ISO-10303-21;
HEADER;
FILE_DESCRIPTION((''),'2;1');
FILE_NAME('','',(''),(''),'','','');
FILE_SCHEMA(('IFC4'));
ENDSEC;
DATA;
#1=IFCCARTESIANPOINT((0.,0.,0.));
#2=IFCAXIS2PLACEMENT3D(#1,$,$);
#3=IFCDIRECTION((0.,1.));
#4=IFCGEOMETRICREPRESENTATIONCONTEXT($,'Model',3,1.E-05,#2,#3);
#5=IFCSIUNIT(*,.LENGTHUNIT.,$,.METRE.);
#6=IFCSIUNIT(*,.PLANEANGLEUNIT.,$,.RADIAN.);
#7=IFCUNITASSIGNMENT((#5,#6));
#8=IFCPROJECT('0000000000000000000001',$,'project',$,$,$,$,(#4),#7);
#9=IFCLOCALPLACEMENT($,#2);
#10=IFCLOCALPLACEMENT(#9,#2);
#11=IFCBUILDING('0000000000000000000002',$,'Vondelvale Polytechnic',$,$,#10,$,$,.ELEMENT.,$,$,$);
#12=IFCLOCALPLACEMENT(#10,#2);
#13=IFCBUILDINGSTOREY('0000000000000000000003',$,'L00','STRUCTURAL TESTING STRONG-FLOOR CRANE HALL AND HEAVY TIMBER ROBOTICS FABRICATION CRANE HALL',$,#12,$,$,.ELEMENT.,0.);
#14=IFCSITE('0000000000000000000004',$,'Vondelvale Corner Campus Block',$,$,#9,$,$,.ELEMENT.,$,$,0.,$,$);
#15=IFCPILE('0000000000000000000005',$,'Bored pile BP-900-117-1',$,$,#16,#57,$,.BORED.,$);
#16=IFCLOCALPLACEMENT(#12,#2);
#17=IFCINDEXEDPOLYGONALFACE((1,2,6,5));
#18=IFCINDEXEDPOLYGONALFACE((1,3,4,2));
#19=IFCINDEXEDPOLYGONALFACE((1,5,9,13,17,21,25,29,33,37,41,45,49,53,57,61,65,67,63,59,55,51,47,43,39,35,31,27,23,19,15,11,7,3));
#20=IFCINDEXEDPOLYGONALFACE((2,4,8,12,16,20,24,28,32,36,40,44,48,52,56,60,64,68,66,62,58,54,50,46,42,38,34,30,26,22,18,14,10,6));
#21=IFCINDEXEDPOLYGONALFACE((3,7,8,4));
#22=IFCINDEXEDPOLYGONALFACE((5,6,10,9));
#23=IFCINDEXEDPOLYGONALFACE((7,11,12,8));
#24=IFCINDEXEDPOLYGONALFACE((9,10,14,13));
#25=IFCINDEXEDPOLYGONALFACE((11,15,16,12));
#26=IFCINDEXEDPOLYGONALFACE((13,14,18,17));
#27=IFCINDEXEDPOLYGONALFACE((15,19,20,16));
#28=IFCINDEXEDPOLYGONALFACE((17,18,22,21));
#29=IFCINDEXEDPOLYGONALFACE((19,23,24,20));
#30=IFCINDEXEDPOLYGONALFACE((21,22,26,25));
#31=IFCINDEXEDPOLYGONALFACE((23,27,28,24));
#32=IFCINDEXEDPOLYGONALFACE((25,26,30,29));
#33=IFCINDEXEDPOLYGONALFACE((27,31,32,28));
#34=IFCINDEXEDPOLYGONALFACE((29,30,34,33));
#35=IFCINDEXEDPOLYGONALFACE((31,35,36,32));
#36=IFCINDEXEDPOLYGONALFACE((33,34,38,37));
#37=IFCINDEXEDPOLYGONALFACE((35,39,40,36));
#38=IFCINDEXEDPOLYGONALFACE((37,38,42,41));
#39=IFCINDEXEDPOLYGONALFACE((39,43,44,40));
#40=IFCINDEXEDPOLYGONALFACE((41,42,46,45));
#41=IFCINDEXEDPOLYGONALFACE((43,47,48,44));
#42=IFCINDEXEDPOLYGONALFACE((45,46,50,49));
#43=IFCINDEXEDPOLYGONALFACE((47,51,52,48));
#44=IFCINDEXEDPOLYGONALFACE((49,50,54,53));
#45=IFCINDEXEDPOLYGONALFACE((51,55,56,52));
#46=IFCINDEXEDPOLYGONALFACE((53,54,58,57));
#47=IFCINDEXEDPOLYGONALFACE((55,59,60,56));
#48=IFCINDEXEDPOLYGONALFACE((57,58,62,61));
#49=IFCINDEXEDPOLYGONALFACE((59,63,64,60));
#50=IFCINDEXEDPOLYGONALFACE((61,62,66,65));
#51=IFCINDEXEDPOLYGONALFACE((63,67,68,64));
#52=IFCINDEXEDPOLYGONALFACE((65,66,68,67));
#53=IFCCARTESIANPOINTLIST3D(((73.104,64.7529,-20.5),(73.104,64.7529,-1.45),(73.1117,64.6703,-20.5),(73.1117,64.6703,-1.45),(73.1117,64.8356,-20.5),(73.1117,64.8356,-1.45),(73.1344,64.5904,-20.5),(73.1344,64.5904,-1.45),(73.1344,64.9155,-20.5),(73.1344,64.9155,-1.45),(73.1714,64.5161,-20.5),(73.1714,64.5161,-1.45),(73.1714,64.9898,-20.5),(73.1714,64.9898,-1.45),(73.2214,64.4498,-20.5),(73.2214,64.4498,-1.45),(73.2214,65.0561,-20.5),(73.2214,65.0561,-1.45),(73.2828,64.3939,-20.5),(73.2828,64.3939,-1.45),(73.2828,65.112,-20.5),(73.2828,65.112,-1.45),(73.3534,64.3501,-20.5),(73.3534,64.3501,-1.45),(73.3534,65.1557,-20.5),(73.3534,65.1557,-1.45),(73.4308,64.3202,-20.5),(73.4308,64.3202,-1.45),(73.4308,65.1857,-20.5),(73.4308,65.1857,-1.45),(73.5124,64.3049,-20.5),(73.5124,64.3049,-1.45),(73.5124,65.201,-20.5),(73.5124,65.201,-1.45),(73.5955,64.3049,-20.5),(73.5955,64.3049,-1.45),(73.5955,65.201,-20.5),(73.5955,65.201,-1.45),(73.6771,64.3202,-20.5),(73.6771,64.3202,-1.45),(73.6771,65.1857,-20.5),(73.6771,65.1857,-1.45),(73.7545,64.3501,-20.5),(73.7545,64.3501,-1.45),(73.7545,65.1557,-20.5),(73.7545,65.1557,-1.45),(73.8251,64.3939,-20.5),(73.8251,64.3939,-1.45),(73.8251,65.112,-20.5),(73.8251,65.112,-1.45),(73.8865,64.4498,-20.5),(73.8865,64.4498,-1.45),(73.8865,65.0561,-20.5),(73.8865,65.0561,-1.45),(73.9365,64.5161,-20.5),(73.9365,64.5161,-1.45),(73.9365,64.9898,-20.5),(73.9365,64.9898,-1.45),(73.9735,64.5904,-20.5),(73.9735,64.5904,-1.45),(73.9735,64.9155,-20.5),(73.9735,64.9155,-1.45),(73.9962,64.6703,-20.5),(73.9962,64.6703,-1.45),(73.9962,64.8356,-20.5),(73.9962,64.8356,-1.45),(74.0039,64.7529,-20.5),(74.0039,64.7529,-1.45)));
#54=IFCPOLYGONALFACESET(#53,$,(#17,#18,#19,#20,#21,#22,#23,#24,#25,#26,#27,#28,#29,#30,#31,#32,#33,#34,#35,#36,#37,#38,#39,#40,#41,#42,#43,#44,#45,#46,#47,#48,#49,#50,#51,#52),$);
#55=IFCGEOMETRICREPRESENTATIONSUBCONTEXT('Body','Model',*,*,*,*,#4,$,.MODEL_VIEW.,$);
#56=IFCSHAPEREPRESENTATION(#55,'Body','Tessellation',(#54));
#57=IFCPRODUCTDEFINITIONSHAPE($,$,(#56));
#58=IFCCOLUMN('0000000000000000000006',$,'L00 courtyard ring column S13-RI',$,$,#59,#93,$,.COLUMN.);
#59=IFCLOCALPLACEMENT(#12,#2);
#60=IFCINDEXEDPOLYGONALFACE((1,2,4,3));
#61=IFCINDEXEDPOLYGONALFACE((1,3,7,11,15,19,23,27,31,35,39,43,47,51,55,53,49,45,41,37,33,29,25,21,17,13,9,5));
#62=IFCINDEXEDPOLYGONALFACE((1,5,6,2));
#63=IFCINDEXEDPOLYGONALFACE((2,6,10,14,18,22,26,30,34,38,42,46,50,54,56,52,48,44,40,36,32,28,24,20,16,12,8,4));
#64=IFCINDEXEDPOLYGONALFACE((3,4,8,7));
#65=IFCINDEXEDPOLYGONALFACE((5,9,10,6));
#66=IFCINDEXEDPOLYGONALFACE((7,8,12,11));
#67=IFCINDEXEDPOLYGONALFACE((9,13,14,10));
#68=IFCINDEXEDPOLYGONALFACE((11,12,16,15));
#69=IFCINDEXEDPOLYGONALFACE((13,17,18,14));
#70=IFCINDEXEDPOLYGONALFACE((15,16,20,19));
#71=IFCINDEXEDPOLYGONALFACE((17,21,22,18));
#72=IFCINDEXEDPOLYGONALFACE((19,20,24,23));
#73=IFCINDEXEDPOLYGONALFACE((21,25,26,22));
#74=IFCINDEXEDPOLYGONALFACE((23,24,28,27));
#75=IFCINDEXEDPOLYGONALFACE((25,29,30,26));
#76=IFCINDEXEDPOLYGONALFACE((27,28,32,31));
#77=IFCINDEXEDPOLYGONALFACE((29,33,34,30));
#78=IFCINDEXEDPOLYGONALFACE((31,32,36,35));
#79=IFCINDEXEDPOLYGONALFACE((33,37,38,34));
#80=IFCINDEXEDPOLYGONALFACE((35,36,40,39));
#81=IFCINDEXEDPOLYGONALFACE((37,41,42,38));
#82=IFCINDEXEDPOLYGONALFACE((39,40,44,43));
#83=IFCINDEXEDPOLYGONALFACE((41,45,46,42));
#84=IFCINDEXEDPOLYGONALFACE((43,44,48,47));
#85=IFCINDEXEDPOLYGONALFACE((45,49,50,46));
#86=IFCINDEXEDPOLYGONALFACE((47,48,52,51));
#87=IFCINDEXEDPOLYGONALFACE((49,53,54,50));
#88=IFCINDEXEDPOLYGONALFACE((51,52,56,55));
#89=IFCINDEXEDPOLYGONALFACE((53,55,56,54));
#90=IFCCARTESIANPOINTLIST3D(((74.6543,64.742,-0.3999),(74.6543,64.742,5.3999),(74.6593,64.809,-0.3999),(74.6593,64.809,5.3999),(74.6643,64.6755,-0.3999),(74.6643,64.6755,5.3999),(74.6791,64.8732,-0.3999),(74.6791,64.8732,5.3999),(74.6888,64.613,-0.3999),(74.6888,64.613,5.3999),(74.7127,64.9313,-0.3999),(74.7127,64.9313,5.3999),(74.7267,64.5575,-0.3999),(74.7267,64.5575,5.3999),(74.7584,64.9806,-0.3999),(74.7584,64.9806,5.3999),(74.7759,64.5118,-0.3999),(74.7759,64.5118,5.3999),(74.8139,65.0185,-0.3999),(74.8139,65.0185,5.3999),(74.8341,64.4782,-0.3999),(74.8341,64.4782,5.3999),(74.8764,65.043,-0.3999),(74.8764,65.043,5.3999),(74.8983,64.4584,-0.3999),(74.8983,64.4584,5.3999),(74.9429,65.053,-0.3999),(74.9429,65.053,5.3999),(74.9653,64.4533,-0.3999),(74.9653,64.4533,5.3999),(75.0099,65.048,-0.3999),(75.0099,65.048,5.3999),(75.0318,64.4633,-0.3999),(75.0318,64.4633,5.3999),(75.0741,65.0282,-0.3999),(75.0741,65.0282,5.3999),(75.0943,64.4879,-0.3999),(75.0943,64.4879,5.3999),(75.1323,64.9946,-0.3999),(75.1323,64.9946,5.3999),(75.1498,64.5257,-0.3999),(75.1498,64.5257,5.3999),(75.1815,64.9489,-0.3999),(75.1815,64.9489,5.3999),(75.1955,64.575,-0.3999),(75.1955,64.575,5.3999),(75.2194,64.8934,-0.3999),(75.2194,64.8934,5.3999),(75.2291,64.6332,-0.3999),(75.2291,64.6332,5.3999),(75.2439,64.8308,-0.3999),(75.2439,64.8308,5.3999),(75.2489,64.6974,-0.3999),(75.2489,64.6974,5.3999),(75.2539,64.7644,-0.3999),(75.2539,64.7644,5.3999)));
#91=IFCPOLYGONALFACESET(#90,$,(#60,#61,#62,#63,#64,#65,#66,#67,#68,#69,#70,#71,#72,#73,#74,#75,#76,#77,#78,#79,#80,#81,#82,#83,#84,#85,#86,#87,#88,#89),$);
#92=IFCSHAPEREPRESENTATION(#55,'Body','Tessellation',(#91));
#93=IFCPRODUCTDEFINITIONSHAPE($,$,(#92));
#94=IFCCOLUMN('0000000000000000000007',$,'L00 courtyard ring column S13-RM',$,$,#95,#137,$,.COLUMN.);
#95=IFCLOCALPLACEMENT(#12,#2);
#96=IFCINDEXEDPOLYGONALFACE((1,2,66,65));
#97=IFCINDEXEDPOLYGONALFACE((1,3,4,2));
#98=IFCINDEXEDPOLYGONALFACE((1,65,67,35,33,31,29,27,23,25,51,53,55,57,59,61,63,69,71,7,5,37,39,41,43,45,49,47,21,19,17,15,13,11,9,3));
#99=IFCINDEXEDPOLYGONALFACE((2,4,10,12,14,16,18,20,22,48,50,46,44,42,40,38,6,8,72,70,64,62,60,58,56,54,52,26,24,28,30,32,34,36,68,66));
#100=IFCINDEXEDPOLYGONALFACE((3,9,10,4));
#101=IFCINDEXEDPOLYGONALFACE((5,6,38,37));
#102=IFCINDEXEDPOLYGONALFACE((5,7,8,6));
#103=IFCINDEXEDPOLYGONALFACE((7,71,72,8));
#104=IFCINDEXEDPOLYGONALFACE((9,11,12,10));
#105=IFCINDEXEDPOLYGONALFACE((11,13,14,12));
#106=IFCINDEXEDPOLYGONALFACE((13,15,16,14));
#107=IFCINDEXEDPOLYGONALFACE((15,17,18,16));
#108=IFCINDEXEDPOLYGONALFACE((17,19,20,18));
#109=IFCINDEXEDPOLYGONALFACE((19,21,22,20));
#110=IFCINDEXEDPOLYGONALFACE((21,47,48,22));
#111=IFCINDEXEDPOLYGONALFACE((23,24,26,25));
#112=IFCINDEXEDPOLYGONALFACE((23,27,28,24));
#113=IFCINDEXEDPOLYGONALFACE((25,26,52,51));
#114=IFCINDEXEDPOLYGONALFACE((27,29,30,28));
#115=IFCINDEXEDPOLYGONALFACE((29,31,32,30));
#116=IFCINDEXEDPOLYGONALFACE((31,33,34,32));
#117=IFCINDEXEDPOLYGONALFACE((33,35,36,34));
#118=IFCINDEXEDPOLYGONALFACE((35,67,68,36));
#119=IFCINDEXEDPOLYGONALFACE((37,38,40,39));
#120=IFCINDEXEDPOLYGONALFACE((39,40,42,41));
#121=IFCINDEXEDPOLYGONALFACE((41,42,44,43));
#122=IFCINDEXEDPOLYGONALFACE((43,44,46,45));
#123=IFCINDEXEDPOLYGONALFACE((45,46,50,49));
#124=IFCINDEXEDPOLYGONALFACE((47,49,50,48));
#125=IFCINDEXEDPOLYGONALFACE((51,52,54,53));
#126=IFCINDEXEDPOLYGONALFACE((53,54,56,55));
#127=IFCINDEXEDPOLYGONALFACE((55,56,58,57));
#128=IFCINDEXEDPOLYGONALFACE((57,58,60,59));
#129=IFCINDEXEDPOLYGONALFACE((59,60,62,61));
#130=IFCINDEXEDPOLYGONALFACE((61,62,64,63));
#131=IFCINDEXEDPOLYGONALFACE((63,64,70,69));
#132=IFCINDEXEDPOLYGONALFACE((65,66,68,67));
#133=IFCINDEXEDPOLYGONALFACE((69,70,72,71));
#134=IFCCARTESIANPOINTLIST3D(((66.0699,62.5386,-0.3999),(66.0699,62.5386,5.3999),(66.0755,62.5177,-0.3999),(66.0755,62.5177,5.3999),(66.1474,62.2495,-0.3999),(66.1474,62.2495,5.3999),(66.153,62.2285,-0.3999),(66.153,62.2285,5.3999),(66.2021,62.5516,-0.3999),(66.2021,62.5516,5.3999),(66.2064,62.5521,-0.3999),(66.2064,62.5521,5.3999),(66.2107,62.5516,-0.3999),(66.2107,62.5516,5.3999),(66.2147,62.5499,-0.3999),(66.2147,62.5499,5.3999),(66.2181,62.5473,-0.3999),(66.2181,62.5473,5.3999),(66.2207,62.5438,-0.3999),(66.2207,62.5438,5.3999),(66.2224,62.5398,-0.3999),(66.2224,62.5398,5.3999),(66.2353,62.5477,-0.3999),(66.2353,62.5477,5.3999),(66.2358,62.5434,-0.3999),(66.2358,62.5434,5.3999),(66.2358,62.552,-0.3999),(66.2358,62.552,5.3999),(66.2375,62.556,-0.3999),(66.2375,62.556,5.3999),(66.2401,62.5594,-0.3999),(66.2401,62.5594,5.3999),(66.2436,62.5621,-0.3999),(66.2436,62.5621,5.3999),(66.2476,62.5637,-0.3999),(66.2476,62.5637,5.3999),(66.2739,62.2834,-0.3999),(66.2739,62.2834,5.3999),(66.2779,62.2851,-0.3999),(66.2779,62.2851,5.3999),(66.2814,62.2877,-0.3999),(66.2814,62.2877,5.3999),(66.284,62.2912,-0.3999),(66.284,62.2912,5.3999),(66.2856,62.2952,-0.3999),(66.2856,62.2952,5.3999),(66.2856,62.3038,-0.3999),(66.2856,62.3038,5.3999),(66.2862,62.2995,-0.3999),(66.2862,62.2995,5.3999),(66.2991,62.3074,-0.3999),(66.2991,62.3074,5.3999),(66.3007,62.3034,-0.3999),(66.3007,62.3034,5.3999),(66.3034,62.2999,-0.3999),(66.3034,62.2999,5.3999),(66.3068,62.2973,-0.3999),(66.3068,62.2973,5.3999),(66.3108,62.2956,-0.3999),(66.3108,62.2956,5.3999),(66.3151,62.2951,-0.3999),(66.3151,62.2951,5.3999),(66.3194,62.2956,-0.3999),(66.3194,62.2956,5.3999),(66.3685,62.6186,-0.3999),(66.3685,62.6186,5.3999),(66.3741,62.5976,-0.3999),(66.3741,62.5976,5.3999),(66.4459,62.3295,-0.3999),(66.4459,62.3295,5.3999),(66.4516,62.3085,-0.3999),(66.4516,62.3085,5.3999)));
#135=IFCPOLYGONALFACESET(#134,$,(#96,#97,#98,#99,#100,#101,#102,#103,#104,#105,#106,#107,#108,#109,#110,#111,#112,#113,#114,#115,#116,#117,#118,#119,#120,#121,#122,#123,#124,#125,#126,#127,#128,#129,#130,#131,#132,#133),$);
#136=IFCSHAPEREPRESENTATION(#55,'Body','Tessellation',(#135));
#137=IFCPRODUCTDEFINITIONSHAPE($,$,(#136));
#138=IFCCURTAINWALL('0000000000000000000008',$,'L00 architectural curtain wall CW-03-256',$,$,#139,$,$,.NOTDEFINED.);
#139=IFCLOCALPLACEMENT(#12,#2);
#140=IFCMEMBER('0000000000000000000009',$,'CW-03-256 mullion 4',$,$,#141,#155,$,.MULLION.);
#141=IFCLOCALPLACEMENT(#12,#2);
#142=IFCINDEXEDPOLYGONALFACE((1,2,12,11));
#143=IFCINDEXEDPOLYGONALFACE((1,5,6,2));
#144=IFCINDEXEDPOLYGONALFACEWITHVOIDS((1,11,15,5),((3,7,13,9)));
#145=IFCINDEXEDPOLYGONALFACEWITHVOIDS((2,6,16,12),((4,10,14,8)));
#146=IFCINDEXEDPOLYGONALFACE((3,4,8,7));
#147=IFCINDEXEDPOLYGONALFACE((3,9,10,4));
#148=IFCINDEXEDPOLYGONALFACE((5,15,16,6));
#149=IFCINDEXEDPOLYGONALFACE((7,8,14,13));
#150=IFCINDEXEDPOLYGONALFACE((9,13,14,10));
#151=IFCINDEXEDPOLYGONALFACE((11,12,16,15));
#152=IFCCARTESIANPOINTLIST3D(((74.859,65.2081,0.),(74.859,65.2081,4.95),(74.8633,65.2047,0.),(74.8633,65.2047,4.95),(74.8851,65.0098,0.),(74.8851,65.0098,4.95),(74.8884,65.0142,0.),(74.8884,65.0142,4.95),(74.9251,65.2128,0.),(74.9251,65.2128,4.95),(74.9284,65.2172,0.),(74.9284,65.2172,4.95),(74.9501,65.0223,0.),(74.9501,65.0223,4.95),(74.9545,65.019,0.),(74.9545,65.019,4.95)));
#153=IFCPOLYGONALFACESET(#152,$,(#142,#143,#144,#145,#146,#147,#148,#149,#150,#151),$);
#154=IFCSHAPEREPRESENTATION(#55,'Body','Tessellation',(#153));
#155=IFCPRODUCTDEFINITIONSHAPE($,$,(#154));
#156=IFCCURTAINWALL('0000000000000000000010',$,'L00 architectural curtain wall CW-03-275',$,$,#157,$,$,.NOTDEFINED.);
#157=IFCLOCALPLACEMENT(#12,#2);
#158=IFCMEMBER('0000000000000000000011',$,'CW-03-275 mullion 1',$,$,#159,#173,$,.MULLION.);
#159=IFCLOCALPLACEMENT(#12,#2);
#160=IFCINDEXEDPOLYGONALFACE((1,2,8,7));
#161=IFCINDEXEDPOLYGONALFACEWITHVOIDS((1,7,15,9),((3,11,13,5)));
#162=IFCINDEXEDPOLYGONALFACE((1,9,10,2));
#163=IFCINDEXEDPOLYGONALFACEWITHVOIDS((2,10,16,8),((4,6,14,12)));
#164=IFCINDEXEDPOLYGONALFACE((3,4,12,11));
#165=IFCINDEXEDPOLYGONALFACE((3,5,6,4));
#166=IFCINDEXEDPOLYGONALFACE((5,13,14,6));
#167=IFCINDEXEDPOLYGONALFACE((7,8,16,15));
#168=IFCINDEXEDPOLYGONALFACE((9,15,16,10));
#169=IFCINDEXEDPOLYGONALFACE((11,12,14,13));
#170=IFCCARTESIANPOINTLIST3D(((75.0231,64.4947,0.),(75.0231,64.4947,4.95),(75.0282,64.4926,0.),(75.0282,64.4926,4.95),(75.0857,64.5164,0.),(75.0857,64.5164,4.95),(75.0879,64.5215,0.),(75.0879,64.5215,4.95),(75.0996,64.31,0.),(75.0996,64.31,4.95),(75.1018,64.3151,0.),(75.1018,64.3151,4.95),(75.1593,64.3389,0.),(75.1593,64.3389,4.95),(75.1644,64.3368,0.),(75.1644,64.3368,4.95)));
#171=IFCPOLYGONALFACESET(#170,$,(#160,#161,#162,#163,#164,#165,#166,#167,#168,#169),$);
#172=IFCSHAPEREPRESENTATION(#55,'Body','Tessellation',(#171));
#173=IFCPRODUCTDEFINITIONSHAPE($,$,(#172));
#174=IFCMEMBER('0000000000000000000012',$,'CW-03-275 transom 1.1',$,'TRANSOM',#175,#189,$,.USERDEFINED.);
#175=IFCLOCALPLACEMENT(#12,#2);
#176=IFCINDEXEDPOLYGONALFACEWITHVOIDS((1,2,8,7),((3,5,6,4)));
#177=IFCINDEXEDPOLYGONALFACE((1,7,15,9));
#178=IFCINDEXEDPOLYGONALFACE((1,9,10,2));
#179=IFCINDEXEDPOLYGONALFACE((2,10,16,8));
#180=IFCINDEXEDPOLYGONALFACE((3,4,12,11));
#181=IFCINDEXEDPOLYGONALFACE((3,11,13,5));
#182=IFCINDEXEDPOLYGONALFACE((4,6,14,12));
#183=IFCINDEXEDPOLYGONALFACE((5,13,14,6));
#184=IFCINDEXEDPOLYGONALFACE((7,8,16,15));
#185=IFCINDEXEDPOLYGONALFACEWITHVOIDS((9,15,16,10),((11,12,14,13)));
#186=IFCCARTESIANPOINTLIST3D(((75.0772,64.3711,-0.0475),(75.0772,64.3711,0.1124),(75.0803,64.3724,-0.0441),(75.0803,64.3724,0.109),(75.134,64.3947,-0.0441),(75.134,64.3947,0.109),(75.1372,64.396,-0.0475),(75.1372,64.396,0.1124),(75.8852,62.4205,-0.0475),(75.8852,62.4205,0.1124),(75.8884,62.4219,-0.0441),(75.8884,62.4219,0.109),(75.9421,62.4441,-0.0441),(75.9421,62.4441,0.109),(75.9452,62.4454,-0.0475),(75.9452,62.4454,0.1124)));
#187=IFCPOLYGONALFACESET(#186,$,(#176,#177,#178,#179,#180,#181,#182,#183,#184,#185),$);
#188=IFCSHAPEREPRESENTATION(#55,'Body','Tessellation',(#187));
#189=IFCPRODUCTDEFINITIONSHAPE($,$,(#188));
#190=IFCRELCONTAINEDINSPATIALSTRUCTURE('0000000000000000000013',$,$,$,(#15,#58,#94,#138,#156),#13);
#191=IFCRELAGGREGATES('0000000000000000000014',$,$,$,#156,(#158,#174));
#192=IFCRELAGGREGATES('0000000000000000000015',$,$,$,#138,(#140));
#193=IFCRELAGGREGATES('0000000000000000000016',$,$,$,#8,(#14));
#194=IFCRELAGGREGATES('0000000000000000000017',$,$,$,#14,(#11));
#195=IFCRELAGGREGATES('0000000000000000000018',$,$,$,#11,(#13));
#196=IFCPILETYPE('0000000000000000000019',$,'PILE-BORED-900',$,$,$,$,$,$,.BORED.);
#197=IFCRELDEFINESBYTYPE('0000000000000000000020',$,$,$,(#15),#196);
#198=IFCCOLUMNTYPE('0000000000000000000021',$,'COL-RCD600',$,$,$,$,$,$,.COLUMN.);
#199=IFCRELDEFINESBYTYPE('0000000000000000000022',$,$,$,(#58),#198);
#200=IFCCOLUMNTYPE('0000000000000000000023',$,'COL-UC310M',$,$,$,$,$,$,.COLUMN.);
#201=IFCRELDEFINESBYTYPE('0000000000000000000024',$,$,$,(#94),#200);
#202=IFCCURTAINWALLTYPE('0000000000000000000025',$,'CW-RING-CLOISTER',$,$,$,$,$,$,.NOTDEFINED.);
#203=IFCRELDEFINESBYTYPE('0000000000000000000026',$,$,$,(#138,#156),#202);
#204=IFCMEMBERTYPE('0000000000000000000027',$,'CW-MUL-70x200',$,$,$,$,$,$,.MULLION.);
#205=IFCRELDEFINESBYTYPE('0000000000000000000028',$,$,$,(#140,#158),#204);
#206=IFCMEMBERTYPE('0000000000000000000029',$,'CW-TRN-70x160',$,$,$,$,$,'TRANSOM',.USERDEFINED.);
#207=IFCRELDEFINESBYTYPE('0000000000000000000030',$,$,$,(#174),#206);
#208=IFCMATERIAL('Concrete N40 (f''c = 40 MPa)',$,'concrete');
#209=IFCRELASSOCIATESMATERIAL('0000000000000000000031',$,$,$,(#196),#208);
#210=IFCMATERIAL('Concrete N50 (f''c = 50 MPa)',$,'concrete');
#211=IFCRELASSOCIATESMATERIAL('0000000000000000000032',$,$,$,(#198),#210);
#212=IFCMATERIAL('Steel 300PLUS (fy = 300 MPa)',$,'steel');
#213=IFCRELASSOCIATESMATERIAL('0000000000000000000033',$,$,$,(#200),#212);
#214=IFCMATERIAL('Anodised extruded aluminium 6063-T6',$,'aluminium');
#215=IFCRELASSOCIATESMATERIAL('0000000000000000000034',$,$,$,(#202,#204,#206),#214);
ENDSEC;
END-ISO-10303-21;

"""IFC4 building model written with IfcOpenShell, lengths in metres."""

from ifc_helpers import new_model, si_unit, direction, frame, origin, origin_2d, place, context, subcontext, project, spatial, hollow_rectangle, circle, i_section, extrude, material, material_profile, profile_set, type_object, element, aggregate, save


model = new_model("IFC4")

# Units and contexts
model_context = context("Model", 3, precision=1e-05, world=origin(), true_north=direction((0.0, 1.0)))
body_context = subcontext(model_context, "Body", "Model", "MODEL_VIEW")
ifc_project = project(units=[si_unit("LENGTHUNIT", "METRE"), si_unit("PLANEANGLEUNIT", "RADIAN")], contexts=[model_context])

# Site, building, storey
site_placement = place(None, origin())
site = spatial("IfcSite", under=ifc_project, at=site_placement, Name="Vondelvale Corner Campus Block", CompositionType="ELEMENT", RefElevation=0.0)
building_placement = place(site_placement, origin())
building = spatial("IfcBuilding", under=site, at=building_placement, Name="Vondelvale Polytechnic", CompositionType="ELEMENT")
storey_placement = place(building_placement, origin())
storey = spatial("IfcBuildingStorey", under=building, at=storey_placement, Name="L00", Description="STRUCTURAL TESTING STRONG-FLOOR CRANE HALL AND HEAVY TIMBER ROBOTICS FABRICATION CRANE HALL", CompositionType="ELEMENT", Elevation=0.0)

# Shared definitions
ifc_material_1 = material(Name="Concrete N40 (f'c = 40 MPa)", Category="concrete")

# Pile
ifc_material_profile_1 = material_profile(ifc_material_1, circle(Radius=0.45, at=origin_2d()), Name="PILE-D900")
ifc_profile_set_1 = profile_set([ifc_material_profile_1], Name="Concrete N40 (f'c = 40 MPa)")
pile_type_1 = type_object("IfcPileType", Name="PILE-BORED-900", PredefinedType="BORED", material=ifc_profile_set_1)
for number, where, z_axis, x_axis, name in (
    (1, (73.554, 64.7529, -1.45), (0.0, 0.0, -1.0), (1.0, 0.0, 0.0), "Bored pile BP-900-117-1"),
):
    element("IfcPile", number, at=place(storey_placement, frame(where, z_axis=z_axis, x_axis=x_axis)), inside=storey, type_object=pile_type_1, Name=name, PredefinedType="BORED", context=body_context, shape_type="SweptSolid", body=[
        extrude(circle(Radius=0.45, at=origin_2d()), origin(), (0.0, 0.0, 1.0), 19.05),
    ])

# Columns
ifc_material_2 = material(Name="Concrete N50 (f'c = 50 MPa)", Category="concrete")
ifc_material_profile_2 = material_profile(ifc_material_2, circle(Radius=0.3, at=origin_2d()), Name="RC-COL-D600")
ifc_profile_set_2 = profile_set([ifc_material_profile_2], Name="Concrete N50 (f'c = 50 MPa)")
column_type_1 = type_object("IfcColumnType", Name="COL-RCD600", PredefinedType="COLUMN", material=ifc_profile_set_2)
column_1_placement = place(storey_placement, frame((74.9541, 64.7532, -0.3999), z_axis=(0.0, 0.0, 1.0), x_axis=(0.965926, 0.258819, 0.0)))
element("IfcColumn", 2, at=column_1_placement, inside=storey, type_object=column_type_1, Name="L00 courtyard ring column S13-RI", PredefinedType="COLUMN", context=body_context, shape_type="SweptSolid", body=[
    extrude(circle(Radius=0.3, at=origin_2d()), origin(), (0.0, 0.0, 1.0), 5.7998),
])
ifc_material_3 = material(Name="Steel 300PLUS (fy = 300 MPa)", Category="steel")
ifc_material_profile_3 = material_profile(ifc_material_3, i_section(OverallWidth=0.3091, OverallDepth=0.321, WebThickness=0.0139, FlangeThickness=0.0217, FilletRadius=0.0166, at=origin_2d()), Name="310UC137")
ifc_profile_set_3 = profile_set([ifc_material_profile_3], Name="Steel 300PLUS (fy = 300 MPa)")
column_type_2 = type_object("IfcColumnType", Name="COL-UC310M", PredefinedType="COLUMN", material=ifc_profile_set_3)
column_2_placement = place(storey_placement, frame((66.2607, 62.4236, -0.3999), z_axis=(0.0, 0.0, 1.0), x_axis=(0.965926, 0.258819, 0.0)))
element("IfcColumn", 3, at=column_2_placement, inside=storey, type_object=column_type_2, Name="L00 courtyard ring column S13-RM", PredefinedType="COLUMN", context=body_context, shape_type="SweptSolid", body=[
    extrude(i_section(OverallWidth=0.3091, OverallDepth=0.321, WebThickness=0.0139, FlangeThickness=0.0217, FilletRadius=0.0166, at=origin_2d()), origin(), (0.0, 0.0, 1.0), 5.7998),
])

# Curtain wall, member
ifc_material_4 = material(Name="Anodised extruded aluminium 6063-T6", Category="aluminium")
curtain_wall_type = type_object("IfcCurtainWallType", Name="CW-RING-CLOISTER", PredefinedType="NOTDEFINED", material=ifc_material_4)
curtain_wall_1_placement = place(storey_placement, origin())
curtain_wall_1 = element("IfcCurtainWall", 4, at=curtain_wall_1_placement, inside=storey, type_object=curtain_wall_type, Name="L00 architectural curtain wall CW-03-256", PredefinedType="NOTDEFINED")
ifc_material_profile_4 = material_profile(ifc_material_4, hollow_rectangle(XDim=0.0701, YDim=0.2, WallThickness=0.0039, at=origin_2d()), Name="CW-MUL-200x70")
ifc_profile_set_4 = profile_set([ifc_material_profile_4], Name="Anodised extruded aluminium 6063-T6")
member_type_1 = type_object("IfcMemberType", Name="CW-MUL-70x200", PredefinedType="MULLION", material=ifc_profile_set_4)
member_1_placement = place(storey_placement, frame((74.9067, 65.1135, 0.0), z_axis=(0.0, 0.0, 1.0), x_axis=(0.991445, 0.130528, 0.0)))
member_1 = element("IfcMember", 5, at=member_1_placement, type_object=member_type_1, Name="CW-03-256 mullion 4", PredefinedType="MULLION", context=body_context, shape_type="SweptSolid", body=[
    extrude(hollow_rectangle(XDim=0.0701, YDim=0.2, WallThickness=0.0039, at=origin_2d()), origin(), (0.0, 0.0, 1.0), 4.95),
])

# Curtain wall, members
curtain_wall_2_placement = place(storey_placement, origin())
curtain_wall_2 = element("IfcCurtainWall", 6, at=curtain_wall_2_placement, inside=storey, type_object=curtain_wall_type, Name="L00 architectural curtain wall CW-03-275", PredefinedType="NOTDEFINED")
member_2_placement = place(storey_placement, frame((75.0938, 64.4158, 0.0), z_axis=(0.0, 0.0, 1.0), x_axis=(0.923882, 0.382679, 0.0)))
member_2 = element("IfcMember", 7, at=member_2_placement, type_object=member_type_1, Name="CW-03-275 mullion 1", PredefinedType="MULLION", context=body_context, shape_type="SweptSolid", body=[
    extrude(hollow_rectangle(XDim=0.0701, YDim=0.2, WallThickness=0.0039, at=origin_2d()), origin(), (0.0, 0.0, 1.0), 4.95),
])
ifc_material_profile_5 = material_profile(ifc_material_4, hollow_rectangle(XDim=0.0649, YDim=0.1599, WallThickness=0.0034, at=origin_2d()), Name="CW-TRN-160x65")
ifc_profile_set_5 = profile_set([ifc_material_profile_5], Name="Anodised extruded aluminium 6063-T6")
member_type_2 = type_object("IfcMemberType", Name="CW-TRN-70x160", ElementType="TRANSOM", PredefinedType="USERDEFINED", material=ifc_profile_set_5)
member_3_placement = place(storey_placement, frame((75.1072, 64.3835, 0.0325), z_axis=(0.382726, -0.923862, 0.0), x_axis=(0.923862, 0.382726, 0.0)))
member_3 = element("IfcMember", 8, at=member_3_placement, type_object=member_type_2, Name="CW-03-275 transom 1.1", ObjectType="TRANSOM", PredefinedType="USERDEFINED", context=body_context, shape_type="SweptSolid", body=[
    extrude(hollow_rectangle(XDim=0.0649, YDim=0.1599, WallThickness=0.0034, at=origin_2d()), origin(), (0.0, 0.0, 1.0), 2.1113),
])
aggregate(curtain_wall_2, [member_2, member_3])

aggregate(curtain_wall_1, [member_1])

save(model, "model.ifc")
